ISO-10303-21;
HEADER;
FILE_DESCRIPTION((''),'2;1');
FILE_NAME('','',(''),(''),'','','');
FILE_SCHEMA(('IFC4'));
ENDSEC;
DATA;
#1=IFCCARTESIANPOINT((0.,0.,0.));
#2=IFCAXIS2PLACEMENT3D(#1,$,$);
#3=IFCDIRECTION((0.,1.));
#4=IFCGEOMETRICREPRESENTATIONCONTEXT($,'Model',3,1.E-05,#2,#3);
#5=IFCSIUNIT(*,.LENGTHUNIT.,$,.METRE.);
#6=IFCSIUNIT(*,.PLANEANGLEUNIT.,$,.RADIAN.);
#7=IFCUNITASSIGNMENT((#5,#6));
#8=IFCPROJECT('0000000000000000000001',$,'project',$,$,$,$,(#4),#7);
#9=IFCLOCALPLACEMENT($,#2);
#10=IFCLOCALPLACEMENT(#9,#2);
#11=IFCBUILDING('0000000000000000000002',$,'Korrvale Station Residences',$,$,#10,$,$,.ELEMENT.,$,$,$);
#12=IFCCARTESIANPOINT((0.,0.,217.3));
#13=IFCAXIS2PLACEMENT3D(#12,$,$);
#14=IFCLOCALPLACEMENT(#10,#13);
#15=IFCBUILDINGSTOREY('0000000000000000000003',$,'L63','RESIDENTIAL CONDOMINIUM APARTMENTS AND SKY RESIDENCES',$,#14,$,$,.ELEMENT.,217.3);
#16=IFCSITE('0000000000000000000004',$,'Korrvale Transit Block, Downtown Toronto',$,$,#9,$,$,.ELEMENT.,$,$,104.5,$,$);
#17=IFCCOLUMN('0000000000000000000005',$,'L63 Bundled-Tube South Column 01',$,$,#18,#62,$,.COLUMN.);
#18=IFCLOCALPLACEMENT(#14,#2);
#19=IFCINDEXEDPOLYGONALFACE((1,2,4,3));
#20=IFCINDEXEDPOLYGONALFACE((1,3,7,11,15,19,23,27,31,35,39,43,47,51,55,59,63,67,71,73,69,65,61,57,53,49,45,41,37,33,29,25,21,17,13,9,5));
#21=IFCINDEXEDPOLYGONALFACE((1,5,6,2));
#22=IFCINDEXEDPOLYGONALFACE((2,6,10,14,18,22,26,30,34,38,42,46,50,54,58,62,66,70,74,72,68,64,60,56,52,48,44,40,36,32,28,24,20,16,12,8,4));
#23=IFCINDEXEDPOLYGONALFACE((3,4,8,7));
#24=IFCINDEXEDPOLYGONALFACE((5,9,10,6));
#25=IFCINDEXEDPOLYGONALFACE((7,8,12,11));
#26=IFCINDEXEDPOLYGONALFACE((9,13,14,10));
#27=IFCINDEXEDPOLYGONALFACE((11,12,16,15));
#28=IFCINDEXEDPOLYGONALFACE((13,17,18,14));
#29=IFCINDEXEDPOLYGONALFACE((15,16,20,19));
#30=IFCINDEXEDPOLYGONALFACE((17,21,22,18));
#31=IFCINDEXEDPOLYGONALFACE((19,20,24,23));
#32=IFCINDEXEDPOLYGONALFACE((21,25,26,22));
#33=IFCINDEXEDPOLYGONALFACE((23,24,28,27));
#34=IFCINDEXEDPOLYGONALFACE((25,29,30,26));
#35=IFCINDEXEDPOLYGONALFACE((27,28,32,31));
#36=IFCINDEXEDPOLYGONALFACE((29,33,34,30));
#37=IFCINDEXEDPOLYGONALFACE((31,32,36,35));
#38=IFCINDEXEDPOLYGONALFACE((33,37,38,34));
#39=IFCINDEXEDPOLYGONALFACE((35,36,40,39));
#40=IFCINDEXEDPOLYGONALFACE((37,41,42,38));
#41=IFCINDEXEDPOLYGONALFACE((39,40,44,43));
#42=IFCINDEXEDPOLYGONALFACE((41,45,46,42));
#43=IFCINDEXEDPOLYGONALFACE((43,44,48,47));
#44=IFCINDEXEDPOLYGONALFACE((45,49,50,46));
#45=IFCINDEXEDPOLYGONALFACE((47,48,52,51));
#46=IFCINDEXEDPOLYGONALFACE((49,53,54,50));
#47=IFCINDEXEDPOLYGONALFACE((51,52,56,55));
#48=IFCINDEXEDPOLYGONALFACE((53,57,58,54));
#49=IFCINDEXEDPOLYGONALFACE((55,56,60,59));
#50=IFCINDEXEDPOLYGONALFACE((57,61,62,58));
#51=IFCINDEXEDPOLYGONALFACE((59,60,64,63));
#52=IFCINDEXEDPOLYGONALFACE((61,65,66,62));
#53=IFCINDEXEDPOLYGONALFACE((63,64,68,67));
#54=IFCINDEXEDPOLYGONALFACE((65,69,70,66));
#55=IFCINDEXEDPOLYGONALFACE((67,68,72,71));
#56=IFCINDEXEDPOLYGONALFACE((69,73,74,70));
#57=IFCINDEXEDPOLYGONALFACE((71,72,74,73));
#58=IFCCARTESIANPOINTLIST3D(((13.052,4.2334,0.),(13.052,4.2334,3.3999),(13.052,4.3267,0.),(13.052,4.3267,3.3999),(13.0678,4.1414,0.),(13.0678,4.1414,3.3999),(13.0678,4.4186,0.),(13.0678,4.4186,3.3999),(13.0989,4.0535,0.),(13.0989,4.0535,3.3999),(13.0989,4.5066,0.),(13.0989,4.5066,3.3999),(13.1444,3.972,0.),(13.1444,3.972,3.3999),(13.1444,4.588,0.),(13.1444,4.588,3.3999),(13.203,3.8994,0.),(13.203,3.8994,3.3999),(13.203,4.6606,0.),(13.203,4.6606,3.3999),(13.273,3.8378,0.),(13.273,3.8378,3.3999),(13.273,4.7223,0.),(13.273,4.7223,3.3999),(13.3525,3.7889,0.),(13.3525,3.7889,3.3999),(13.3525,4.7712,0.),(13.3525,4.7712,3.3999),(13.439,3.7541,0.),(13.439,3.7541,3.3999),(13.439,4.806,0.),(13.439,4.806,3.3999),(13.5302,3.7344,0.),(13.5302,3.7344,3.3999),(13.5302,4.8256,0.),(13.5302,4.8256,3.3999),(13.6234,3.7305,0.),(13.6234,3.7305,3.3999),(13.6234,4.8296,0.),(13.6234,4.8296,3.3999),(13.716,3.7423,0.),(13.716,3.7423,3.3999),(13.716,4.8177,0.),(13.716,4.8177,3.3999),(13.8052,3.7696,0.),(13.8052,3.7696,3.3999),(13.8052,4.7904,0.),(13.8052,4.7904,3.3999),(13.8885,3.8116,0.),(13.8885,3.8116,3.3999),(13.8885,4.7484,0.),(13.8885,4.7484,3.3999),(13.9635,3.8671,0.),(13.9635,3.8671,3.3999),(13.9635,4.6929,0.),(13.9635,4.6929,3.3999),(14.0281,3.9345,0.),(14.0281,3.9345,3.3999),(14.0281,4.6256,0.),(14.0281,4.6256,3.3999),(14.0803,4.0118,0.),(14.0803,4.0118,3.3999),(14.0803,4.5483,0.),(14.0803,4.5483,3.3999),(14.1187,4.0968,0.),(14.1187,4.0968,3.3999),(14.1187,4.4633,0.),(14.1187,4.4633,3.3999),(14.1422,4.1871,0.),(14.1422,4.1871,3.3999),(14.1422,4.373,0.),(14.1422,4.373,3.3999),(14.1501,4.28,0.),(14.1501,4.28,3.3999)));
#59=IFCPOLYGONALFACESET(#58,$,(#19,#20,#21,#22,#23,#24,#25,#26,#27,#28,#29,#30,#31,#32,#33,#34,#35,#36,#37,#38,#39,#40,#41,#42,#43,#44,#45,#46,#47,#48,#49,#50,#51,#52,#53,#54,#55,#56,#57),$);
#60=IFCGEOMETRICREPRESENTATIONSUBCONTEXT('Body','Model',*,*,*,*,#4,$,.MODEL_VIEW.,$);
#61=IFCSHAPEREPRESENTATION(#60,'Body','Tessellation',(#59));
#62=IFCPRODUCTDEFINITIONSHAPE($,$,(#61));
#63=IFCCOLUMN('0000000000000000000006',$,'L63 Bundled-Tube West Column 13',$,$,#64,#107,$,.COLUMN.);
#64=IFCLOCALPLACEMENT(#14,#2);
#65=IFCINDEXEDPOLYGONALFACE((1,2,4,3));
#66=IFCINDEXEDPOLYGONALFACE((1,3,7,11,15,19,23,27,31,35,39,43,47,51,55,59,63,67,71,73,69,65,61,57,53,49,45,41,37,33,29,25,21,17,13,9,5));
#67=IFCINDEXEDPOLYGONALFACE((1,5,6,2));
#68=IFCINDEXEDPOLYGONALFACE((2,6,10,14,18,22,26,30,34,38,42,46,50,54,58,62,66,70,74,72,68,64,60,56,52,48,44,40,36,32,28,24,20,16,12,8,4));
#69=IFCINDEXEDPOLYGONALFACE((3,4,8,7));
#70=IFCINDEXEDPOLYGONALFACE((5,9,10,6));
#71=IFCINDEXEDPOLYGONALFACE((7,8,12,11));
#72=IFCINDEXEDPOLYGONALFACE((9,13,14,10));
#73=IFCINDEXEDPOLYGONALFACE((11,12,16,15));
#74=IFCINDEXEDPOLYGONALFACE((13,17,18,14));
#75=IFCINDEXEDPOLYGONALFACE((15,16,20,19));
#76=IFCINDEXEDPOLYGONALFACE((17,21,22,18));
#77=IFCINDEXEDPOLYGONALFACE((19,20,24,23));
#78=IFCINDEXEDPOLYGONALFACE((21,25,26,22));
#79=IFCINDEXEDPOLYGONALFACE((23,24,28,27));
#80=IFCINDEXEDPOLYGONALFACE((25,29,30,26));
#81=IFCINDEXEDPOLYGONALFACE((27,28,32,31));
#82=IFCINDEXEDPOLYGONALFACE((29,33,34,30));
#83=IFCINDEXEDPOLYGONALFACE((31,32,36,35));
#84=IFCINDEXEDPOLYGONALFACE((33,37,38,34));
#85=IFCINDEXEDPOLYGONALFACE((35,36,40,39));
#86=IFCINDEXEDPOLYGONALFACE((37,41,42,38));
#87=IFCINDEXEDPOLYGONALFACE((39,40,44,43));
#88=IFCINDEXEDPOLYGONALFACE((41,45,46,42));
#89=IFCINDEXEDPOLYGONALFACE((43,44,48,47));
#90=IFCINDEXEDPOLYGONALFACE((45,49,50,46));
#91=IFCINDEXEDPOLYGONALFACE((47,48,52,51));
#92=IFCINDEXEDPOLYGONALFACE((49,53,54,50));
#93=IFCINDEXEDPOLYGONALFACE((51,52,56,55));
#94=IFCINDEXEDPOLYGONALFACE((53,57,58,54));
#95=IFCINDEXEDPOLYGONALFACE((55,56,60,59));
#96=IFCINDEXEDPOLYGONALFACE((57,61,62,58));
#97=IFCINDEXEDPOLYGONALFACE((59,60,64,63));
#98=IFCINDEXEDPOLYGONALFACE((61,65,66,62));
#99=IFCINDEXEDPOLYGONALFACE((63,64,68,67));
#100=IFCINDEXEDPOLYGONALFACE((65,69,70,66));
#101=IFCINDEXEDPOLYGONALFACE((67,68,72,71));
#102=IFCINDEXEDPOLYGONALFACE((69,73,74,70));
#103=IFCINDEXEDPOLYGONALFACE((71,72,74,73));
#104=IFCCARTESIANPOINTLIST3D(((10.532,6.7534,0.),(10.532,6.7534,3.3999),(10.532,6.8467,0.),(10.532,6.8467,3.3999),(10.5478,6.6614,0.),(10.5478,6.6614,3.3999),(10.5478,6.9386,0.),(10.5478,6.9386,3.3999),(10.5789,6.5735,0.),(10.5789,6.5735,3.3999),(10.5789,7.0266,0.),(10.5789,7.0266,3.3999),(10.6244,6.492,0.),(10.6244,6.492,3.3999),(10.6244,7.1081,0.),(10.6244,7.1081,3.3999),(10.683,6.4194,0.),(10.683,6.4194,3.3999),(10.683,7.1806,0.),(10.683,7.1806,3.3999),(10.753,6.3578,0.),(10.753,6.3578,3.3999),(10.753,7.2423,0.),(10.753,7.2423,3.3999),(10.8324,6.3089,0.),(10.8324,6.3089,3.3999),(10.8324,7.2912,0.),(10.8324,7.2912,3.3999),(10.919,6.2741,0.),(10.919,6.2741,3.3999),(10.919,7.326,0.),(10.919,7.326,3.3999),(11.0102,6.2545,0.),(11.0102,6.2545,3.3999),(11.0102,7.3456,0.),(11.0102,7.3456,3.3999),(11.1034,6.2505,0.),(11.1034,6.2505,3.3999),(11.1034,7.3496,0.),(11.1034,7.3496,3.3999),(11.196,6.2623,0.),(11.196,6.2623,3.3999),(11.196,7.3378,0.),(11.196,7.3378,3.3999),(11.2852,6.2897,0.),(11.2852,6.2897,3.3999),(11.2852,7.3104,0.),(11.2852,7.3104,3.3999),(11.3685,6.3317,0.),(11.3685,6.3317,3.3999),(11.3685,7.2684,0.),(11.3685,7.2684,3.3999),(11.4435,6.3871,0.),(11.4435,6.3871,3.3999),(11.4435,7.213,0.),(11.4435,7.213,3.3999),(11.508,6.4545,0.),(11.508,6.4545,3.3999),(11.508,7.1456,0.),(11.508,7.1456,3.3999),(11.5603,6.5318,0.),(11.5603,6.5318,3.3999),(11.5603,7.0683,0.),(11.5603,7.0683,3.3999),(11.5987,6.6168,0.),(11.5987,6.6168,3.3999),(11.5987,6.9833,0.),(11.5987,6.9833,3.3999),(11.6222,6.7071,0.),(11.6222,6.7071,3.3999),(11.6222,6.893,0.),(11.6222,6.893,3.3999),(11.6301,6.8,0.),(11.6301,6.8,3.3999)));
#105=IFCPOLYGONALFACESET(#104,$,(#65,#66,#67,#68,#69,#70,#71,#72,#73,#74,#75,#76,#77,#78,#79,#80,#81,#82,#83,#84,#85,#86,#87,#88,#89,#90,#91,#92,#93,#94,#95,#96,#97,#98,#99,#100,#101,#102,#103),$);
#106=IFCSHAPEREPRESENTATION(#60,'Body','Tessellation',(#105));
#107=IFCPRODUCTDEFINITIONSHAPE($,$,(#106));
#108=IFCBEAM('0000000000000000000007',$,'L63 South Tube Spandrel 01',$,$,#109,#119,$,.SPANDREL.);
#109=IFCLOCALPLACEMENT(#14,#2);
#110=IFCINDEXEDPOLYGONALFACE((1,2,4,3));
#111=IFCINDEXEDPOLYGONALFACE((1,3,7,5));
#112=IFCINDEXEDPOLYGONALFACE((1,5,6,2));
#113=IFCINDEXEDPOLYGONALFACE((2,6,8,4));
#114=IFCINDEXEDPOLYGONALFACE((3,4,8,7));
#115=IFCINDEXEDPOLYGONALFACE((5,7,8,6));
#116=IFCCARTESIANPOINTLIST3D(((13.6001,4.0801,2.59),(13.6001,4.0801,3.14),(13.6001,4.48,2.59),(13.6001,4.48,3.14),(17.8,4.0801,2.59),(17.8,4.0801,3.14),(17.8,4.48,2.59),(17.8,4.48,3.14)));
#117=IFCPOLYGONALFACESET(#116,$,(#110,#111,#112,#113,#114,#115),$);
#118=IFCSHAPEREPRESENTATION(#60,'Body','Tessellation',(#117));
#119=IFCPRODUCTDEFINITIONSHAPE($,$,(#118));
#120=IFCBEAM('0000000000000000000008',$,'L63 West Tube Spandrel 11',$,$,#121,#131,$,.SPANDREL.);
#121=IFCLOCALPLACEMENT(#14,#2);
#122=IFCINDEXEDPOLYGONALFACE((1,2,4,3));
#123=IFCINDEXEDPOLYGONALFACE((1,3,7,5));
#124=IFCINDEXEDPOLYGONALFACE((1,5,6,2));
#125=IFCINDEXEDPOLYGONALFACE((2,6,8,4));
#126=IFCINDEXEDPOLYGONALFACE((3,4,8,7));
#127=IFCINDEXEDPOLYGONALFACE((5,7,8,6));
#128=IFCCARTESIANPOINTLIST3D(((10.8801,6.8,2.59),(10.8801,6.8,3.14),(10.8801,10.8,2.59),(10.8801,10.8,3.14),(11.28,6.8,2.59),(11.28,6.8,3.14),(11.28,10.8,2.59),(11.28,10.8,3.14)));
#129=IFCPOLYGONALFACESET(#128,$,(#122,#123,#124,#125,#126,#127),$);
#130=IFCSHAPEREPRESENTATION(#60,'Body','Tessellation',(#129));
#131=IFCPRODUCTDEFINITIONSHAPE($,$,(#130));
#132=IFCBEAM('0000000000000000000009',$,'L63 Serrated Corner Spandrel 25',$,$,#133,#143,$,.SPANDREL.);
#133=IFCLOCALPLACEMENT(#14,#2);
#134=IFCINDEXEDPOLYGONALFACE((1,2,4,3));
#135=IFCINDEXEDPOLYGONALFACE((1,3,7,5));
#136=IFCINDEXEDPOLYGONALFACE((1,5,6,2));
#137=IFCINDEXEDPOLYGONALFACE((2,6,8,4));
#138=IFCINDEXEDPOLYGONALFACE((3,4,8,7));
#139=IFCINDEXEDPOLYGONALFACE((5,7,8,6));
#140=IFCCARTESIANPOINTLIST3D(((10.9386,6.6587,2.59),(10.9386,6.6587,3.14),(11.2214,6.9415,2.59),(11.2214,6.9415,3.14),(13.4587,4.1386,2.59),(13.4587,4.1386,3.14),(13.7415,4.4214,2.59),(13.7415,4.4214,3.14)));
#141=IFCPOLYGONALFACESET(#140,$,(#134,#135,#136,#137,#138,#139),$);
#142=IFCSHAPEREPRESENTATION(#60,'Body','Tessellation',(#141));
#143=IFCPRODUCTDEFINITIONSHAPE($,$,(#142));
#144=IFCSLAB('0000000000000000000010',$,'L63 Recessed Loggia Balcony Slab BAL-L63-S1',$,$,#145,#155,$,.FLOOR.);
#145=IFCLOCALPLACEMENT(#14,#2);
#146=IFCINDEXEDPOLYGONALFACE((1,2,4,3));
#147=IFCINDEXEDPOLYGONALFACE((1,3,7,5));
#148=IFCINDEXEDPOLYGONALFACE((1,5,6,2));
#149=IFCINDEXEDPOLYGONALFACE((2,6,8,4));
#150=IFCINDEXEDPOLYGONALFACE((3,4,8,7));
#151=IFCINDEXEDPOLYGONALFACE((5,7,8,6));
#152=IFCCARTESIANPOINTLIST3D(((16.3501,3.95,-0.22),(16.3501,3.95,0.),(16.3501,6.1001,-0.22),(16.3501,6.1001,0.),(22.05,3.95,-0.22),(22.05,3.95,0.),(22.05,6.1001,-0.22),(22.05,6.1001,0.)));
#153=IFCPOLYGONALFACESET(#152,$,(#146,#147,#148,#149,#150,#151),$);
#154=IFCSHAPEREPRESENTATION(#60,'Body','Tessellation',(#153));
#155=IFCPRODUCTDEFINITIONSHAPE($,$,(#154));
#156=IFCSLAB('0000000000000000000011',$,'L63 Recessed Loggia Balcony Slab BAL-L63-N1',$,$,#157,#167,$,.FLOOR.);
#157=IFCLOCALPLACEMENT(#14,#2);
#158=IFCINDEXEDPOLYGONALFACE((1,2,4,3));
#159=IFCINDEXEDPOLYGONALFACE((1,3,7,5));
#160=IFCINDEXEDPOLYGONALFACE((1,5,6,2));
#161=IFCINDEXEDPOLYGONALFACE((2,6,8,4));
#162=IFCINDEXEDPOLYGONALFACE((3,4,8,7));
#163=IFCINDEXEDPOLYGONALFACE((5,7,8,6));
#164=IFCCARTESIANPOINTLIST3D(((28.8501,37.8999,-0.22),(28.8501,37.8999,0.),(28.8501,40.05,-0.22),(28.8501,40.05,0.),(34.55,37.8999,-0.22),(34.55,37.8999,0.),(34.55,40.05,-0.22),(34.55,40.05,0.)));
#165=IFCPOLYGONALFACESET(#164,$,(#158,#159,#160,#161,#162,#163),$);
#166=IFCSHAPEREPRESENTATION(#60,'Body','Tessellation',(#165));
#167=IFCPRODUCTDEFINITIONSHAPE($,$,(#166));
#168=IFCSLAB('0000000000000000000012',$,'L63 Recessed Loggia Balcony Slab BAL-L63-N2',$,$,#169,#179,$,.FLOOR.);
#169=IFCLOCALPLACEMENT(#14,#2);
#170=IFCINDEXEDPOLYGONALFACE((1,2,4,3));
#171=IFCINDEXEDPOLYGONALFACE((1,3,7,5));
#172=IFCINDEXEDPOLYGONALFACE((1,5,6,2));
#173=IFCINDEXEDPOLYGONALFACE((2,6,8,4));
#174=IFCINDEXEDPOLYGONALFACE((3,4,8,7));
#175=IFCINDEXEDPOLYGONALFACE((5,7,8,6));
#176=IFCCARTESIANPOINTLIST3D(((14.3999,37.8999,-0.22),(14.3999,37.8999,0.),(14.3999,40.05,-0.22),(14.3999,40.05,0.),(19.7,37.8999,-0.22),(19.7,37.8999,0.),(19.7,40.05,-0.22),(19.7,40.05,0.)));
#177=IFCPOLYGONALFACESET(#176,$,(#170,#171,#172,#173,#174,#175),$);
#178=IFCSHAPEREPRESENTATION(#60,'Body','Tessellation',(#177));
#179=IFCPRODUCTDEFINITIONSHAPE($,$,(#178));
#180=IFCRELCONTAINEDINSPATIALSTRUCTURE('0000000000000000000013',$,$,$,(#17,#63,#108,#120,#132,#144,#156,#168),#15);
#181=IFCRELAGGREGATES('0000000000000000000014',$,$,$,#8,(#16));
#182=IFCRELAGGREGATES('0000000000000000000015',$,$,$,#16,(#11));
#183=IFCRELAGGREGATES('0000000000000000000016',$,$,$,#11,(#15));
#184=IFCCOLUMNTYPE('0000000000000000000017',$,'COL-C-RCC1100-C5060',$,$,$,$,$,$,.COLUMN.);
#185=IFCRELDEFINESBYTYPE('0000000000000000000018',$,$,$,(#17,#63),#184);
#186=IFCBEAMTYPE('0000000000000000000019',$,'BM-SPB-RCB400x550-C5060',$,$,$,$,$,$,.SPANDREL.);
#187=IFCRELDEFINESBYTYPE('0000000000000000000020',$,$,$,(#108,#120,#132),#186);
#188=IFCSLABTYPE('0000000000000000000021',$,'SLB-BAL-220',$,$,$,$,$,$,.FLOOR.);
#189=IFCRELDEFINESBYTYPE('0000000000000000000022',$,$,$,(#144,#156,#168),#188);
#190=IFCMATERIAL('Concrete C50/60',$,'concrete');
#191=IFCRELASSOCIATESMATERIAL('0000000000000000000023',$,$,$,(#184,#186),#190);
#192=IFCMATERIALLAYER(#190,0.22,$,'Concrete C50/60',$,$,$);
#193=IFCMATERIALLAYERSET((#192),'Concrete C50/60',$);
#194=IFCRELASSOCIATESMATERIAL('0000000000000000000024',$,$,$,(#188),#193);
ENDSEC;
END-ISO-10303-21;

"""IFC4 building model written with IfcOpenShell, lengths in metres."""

from ifc_helpers import new_model, si_unit, direction, frame, origin, origin_2d, place, context, subcontext, project, spatial, polyline, rectangle, circle, outline, extrude, material, layer, layer_set, material_profile, profile_set, type_object, element, save


model = new_model("IFC4")

# Units and contexts
model_context = context("Model", 3, precision=1e-05, world=origin(), true_north=direction((0.0, 1.0)))
body_context = subcontext(model_context, "Body", "Model", "MODEL_VIEW")
ifc_project = project(units=[si_unit("LENGTHUNIT", "METRE"), si_unit("PLANEANGLEUNIT", "RADIAN")], contexts=[model_context])

# Site, building, storey
site_placement = place(None, origin())
site = spatial("IfcSite", under=ifc_project, at=site_placement, Name="Korrvale Transit Block, Downtown Toronto", CompositionType="ELEMENT", RefElevation=104.5)
building_placement = place(site_placement, origin())
building = spatial("IfcBuilding", under=site, at=building_placement, Name="Korrvale Station Residences", CompositionType="ELEMENT")
storey_placement = place(building_placement, frame((0.0, 0.0, 217.3)))
storey = spatial("IfcBuildingStorey", under=building, at=storey_placement, Name="L63", Description="RESIDENTIAL CONDOMINIUM APARTMENTS AND SKY RESIDENCES", CompositionType="ELEMENT", Elevation=217.3)

# Columns
ifc_material_1 = material(Name="Concrete C50/60", Category="concrete")
ifc_material_profile_1 = material_profile(ifc_material_1, circle(Radius=0.55, at=origin_2d()), Name="RCC1100")
ifc_profile_set_1 = profile_set([ifc_material_profile_1], Name="Concrete C50/60")
column_type = type_object("IfcColumnType", Name="COL-C-RCC1100-C5060", PredefinedType="COLUMN", material=ifc_profile_set_1)
for number, where, z_axis, x_axis, name in (
    (1, (13.6001, 4.28, 0.0), (0.0, 0.0, 1.0), (1.0, 0.0, 0.0), "L63 Bundled-Tube South Column 01"),
    (2, (11.0801, 6.8, 0.0), (0.0, 0.0, 1.0), (1.0, 0.0, 0.0), "L63 Bundled-Tube West Column 13"),
):
    element("IfcColumn", number, at=place(storey_placement, frame(where, z_axis=z_axis, x_axis=x_axis)), inside=storey, type_object=column_type, Name=name, PredefinedType="COLUMN", context=body_context, shape_type="SweptSolid", body=[
        extrude(circle(Radius=0.55, at=origin_2d()), origin(), (0.0, 0.0, 1.0), 3.3999),
    ])

# Beams
ifc_material_profile_2 = material_profile(ifc_material_1, rectangle(XDim=0.3999, YDim=0.55, at=origin_2d()), Name="RCB400x550")
ifc_profile_set_2 = profile_set([ifc_material_profile_2], Name="Concrete C50/60")
beam_type = type_object("IfcBeamType", Name="BM-SPB-RCB400x550-C5060", PredefinedType="SPANDREL", material=ifc_profile_set_2)
beam_1_placement = place(storey_placement, frame((13.6001, 4.28, 2.865), z_axis=(1.0, 0.0, 0.0), x_axis=(0.0, 1.0, 0.0)))
element("IfcBeam", 3, at=beam_1_placement, inside=storey, type_object=beam_type, Name="L63 South Tube Spandrel 01", PredefinedType="SPANDREL", context=body_context, shape_type="SweptSolid", body=[
    extrude(rectangle(XDim=0.3999, YDim=0.55, at=origin_2d()), origin(), (0.0, 0.0, 1.0), 4.2),
])
beam_2_placement = place(storey_placement, frame((11.0801, 6.8, 2.865), z_axis=(0.0, 1.0, 0.0), x_axis=(-1.0, 0.0, 0.0)))
element("IfcBeam", 4, at=beam_2_placement, inside=storey, type_object=beam_type, Name="L63 West Tube Spandrel 11", PredefinedType="SPANDREL", context=body_context, shape_type="SweptSolid", body=[
    extrude(rectangle(XDim=0.3999, YDim=0.55, at=origin_2d()), origin(), (0.0, 0.0, 1.0), 4.0),
])
beam_3_placement = place(storey_placement, frame((13.6001, 4.28, 2.865), z_axis=(-0.707107, 0.707107, 0.0), x_axis=(-0.707107, -0.707107, 0.0)))
element("IfcBeam", 5, at=beam_3_placement, inside=storey, type_object=beam_type, Name="L63 Serrated Corner Spandrel 25", PredefinedType="SPANDREL", context=body_context, shape_type="SweptSolid", body=[
    extrude(rectangle(XDim=0.3999, YDim=0.55, at=origin_2d()), origin(), (0.0, 0.0, 1.0), 3.564),
])

# Slabs
ifc_layer_1 = layer(ifc_material_1, 0.22, Name="Concrete C50/60")
ifc_layer_set_1 = layer_set([ifc_layer_1], Name="Concrete C50/60")
slab_type_1 = type_object("IfcSlabType", Name="SLB-BAL-220", PredefinedType="FLOOR", material=ifc_layer_set_1)
slab_1_placement = place(storey_placement, frame((0.0, 0.0, -0.22)))
element("IfcSlab", 6, at=slab_1_placement, inside=storey, type_object=slab_type_1, Name="L63 Recessed Loggia Balcony Slab BAL-L63-S1", PredefinedType="FLOOR", context=body_context, shape_type="SweptSolid", body=[
    extrude(outline(polyline([(16.3501, 3.95), (22.05, 3.95), (22.05, 6.1001), (16.3501, 6.1001), (16.3501, 3.95)])), origin(), (0.0, 0.0, 1.0), 0.22),
])
slab_2_placement = place(storey_placement, frame((0.0, 0.0, -0.22)))
element("IfcSlab", 7, at=slab_2_placement, inside=storey, type_object=slab_type_1, Name="L63 Recessed Loggia Balcony Slab BAL-L63-N1", PredefinedType="FLOOR", context=body_context, shape_type="SweptSolid", body=[
    extrude(outline(polyline([(28.8501, 37.8999), (34.55, 37.8999), (34.55, 40.05), (28.8501, 40.05), (28.8501, 37.8999)])), origin(), (0.0, 0.0, 1.0), 0.22),
])
slab_3_placement = place(storey_placement, frame((0.0, 0.0, -0.22)))
element("IfcSlab", 8, at=slab_3_placement, inside=storey, type_object=slab_type_1, Name="L63 Recessed Loggia Balcony Slab BAL-L63-N2", PredefinedType="FLOOR", context=body_context, shape_type="SweptSolid", body=[
    extrude(outline(polyline([(14.3999, 37.8999), (19.7, 37.8999), (19.7, 40.05), (14.3999, 40.05), (14.3999, 37.8999)])), origin(), (0.0, 0.0, 1.0), 0.22),
])

save(model, "model.ifc")
